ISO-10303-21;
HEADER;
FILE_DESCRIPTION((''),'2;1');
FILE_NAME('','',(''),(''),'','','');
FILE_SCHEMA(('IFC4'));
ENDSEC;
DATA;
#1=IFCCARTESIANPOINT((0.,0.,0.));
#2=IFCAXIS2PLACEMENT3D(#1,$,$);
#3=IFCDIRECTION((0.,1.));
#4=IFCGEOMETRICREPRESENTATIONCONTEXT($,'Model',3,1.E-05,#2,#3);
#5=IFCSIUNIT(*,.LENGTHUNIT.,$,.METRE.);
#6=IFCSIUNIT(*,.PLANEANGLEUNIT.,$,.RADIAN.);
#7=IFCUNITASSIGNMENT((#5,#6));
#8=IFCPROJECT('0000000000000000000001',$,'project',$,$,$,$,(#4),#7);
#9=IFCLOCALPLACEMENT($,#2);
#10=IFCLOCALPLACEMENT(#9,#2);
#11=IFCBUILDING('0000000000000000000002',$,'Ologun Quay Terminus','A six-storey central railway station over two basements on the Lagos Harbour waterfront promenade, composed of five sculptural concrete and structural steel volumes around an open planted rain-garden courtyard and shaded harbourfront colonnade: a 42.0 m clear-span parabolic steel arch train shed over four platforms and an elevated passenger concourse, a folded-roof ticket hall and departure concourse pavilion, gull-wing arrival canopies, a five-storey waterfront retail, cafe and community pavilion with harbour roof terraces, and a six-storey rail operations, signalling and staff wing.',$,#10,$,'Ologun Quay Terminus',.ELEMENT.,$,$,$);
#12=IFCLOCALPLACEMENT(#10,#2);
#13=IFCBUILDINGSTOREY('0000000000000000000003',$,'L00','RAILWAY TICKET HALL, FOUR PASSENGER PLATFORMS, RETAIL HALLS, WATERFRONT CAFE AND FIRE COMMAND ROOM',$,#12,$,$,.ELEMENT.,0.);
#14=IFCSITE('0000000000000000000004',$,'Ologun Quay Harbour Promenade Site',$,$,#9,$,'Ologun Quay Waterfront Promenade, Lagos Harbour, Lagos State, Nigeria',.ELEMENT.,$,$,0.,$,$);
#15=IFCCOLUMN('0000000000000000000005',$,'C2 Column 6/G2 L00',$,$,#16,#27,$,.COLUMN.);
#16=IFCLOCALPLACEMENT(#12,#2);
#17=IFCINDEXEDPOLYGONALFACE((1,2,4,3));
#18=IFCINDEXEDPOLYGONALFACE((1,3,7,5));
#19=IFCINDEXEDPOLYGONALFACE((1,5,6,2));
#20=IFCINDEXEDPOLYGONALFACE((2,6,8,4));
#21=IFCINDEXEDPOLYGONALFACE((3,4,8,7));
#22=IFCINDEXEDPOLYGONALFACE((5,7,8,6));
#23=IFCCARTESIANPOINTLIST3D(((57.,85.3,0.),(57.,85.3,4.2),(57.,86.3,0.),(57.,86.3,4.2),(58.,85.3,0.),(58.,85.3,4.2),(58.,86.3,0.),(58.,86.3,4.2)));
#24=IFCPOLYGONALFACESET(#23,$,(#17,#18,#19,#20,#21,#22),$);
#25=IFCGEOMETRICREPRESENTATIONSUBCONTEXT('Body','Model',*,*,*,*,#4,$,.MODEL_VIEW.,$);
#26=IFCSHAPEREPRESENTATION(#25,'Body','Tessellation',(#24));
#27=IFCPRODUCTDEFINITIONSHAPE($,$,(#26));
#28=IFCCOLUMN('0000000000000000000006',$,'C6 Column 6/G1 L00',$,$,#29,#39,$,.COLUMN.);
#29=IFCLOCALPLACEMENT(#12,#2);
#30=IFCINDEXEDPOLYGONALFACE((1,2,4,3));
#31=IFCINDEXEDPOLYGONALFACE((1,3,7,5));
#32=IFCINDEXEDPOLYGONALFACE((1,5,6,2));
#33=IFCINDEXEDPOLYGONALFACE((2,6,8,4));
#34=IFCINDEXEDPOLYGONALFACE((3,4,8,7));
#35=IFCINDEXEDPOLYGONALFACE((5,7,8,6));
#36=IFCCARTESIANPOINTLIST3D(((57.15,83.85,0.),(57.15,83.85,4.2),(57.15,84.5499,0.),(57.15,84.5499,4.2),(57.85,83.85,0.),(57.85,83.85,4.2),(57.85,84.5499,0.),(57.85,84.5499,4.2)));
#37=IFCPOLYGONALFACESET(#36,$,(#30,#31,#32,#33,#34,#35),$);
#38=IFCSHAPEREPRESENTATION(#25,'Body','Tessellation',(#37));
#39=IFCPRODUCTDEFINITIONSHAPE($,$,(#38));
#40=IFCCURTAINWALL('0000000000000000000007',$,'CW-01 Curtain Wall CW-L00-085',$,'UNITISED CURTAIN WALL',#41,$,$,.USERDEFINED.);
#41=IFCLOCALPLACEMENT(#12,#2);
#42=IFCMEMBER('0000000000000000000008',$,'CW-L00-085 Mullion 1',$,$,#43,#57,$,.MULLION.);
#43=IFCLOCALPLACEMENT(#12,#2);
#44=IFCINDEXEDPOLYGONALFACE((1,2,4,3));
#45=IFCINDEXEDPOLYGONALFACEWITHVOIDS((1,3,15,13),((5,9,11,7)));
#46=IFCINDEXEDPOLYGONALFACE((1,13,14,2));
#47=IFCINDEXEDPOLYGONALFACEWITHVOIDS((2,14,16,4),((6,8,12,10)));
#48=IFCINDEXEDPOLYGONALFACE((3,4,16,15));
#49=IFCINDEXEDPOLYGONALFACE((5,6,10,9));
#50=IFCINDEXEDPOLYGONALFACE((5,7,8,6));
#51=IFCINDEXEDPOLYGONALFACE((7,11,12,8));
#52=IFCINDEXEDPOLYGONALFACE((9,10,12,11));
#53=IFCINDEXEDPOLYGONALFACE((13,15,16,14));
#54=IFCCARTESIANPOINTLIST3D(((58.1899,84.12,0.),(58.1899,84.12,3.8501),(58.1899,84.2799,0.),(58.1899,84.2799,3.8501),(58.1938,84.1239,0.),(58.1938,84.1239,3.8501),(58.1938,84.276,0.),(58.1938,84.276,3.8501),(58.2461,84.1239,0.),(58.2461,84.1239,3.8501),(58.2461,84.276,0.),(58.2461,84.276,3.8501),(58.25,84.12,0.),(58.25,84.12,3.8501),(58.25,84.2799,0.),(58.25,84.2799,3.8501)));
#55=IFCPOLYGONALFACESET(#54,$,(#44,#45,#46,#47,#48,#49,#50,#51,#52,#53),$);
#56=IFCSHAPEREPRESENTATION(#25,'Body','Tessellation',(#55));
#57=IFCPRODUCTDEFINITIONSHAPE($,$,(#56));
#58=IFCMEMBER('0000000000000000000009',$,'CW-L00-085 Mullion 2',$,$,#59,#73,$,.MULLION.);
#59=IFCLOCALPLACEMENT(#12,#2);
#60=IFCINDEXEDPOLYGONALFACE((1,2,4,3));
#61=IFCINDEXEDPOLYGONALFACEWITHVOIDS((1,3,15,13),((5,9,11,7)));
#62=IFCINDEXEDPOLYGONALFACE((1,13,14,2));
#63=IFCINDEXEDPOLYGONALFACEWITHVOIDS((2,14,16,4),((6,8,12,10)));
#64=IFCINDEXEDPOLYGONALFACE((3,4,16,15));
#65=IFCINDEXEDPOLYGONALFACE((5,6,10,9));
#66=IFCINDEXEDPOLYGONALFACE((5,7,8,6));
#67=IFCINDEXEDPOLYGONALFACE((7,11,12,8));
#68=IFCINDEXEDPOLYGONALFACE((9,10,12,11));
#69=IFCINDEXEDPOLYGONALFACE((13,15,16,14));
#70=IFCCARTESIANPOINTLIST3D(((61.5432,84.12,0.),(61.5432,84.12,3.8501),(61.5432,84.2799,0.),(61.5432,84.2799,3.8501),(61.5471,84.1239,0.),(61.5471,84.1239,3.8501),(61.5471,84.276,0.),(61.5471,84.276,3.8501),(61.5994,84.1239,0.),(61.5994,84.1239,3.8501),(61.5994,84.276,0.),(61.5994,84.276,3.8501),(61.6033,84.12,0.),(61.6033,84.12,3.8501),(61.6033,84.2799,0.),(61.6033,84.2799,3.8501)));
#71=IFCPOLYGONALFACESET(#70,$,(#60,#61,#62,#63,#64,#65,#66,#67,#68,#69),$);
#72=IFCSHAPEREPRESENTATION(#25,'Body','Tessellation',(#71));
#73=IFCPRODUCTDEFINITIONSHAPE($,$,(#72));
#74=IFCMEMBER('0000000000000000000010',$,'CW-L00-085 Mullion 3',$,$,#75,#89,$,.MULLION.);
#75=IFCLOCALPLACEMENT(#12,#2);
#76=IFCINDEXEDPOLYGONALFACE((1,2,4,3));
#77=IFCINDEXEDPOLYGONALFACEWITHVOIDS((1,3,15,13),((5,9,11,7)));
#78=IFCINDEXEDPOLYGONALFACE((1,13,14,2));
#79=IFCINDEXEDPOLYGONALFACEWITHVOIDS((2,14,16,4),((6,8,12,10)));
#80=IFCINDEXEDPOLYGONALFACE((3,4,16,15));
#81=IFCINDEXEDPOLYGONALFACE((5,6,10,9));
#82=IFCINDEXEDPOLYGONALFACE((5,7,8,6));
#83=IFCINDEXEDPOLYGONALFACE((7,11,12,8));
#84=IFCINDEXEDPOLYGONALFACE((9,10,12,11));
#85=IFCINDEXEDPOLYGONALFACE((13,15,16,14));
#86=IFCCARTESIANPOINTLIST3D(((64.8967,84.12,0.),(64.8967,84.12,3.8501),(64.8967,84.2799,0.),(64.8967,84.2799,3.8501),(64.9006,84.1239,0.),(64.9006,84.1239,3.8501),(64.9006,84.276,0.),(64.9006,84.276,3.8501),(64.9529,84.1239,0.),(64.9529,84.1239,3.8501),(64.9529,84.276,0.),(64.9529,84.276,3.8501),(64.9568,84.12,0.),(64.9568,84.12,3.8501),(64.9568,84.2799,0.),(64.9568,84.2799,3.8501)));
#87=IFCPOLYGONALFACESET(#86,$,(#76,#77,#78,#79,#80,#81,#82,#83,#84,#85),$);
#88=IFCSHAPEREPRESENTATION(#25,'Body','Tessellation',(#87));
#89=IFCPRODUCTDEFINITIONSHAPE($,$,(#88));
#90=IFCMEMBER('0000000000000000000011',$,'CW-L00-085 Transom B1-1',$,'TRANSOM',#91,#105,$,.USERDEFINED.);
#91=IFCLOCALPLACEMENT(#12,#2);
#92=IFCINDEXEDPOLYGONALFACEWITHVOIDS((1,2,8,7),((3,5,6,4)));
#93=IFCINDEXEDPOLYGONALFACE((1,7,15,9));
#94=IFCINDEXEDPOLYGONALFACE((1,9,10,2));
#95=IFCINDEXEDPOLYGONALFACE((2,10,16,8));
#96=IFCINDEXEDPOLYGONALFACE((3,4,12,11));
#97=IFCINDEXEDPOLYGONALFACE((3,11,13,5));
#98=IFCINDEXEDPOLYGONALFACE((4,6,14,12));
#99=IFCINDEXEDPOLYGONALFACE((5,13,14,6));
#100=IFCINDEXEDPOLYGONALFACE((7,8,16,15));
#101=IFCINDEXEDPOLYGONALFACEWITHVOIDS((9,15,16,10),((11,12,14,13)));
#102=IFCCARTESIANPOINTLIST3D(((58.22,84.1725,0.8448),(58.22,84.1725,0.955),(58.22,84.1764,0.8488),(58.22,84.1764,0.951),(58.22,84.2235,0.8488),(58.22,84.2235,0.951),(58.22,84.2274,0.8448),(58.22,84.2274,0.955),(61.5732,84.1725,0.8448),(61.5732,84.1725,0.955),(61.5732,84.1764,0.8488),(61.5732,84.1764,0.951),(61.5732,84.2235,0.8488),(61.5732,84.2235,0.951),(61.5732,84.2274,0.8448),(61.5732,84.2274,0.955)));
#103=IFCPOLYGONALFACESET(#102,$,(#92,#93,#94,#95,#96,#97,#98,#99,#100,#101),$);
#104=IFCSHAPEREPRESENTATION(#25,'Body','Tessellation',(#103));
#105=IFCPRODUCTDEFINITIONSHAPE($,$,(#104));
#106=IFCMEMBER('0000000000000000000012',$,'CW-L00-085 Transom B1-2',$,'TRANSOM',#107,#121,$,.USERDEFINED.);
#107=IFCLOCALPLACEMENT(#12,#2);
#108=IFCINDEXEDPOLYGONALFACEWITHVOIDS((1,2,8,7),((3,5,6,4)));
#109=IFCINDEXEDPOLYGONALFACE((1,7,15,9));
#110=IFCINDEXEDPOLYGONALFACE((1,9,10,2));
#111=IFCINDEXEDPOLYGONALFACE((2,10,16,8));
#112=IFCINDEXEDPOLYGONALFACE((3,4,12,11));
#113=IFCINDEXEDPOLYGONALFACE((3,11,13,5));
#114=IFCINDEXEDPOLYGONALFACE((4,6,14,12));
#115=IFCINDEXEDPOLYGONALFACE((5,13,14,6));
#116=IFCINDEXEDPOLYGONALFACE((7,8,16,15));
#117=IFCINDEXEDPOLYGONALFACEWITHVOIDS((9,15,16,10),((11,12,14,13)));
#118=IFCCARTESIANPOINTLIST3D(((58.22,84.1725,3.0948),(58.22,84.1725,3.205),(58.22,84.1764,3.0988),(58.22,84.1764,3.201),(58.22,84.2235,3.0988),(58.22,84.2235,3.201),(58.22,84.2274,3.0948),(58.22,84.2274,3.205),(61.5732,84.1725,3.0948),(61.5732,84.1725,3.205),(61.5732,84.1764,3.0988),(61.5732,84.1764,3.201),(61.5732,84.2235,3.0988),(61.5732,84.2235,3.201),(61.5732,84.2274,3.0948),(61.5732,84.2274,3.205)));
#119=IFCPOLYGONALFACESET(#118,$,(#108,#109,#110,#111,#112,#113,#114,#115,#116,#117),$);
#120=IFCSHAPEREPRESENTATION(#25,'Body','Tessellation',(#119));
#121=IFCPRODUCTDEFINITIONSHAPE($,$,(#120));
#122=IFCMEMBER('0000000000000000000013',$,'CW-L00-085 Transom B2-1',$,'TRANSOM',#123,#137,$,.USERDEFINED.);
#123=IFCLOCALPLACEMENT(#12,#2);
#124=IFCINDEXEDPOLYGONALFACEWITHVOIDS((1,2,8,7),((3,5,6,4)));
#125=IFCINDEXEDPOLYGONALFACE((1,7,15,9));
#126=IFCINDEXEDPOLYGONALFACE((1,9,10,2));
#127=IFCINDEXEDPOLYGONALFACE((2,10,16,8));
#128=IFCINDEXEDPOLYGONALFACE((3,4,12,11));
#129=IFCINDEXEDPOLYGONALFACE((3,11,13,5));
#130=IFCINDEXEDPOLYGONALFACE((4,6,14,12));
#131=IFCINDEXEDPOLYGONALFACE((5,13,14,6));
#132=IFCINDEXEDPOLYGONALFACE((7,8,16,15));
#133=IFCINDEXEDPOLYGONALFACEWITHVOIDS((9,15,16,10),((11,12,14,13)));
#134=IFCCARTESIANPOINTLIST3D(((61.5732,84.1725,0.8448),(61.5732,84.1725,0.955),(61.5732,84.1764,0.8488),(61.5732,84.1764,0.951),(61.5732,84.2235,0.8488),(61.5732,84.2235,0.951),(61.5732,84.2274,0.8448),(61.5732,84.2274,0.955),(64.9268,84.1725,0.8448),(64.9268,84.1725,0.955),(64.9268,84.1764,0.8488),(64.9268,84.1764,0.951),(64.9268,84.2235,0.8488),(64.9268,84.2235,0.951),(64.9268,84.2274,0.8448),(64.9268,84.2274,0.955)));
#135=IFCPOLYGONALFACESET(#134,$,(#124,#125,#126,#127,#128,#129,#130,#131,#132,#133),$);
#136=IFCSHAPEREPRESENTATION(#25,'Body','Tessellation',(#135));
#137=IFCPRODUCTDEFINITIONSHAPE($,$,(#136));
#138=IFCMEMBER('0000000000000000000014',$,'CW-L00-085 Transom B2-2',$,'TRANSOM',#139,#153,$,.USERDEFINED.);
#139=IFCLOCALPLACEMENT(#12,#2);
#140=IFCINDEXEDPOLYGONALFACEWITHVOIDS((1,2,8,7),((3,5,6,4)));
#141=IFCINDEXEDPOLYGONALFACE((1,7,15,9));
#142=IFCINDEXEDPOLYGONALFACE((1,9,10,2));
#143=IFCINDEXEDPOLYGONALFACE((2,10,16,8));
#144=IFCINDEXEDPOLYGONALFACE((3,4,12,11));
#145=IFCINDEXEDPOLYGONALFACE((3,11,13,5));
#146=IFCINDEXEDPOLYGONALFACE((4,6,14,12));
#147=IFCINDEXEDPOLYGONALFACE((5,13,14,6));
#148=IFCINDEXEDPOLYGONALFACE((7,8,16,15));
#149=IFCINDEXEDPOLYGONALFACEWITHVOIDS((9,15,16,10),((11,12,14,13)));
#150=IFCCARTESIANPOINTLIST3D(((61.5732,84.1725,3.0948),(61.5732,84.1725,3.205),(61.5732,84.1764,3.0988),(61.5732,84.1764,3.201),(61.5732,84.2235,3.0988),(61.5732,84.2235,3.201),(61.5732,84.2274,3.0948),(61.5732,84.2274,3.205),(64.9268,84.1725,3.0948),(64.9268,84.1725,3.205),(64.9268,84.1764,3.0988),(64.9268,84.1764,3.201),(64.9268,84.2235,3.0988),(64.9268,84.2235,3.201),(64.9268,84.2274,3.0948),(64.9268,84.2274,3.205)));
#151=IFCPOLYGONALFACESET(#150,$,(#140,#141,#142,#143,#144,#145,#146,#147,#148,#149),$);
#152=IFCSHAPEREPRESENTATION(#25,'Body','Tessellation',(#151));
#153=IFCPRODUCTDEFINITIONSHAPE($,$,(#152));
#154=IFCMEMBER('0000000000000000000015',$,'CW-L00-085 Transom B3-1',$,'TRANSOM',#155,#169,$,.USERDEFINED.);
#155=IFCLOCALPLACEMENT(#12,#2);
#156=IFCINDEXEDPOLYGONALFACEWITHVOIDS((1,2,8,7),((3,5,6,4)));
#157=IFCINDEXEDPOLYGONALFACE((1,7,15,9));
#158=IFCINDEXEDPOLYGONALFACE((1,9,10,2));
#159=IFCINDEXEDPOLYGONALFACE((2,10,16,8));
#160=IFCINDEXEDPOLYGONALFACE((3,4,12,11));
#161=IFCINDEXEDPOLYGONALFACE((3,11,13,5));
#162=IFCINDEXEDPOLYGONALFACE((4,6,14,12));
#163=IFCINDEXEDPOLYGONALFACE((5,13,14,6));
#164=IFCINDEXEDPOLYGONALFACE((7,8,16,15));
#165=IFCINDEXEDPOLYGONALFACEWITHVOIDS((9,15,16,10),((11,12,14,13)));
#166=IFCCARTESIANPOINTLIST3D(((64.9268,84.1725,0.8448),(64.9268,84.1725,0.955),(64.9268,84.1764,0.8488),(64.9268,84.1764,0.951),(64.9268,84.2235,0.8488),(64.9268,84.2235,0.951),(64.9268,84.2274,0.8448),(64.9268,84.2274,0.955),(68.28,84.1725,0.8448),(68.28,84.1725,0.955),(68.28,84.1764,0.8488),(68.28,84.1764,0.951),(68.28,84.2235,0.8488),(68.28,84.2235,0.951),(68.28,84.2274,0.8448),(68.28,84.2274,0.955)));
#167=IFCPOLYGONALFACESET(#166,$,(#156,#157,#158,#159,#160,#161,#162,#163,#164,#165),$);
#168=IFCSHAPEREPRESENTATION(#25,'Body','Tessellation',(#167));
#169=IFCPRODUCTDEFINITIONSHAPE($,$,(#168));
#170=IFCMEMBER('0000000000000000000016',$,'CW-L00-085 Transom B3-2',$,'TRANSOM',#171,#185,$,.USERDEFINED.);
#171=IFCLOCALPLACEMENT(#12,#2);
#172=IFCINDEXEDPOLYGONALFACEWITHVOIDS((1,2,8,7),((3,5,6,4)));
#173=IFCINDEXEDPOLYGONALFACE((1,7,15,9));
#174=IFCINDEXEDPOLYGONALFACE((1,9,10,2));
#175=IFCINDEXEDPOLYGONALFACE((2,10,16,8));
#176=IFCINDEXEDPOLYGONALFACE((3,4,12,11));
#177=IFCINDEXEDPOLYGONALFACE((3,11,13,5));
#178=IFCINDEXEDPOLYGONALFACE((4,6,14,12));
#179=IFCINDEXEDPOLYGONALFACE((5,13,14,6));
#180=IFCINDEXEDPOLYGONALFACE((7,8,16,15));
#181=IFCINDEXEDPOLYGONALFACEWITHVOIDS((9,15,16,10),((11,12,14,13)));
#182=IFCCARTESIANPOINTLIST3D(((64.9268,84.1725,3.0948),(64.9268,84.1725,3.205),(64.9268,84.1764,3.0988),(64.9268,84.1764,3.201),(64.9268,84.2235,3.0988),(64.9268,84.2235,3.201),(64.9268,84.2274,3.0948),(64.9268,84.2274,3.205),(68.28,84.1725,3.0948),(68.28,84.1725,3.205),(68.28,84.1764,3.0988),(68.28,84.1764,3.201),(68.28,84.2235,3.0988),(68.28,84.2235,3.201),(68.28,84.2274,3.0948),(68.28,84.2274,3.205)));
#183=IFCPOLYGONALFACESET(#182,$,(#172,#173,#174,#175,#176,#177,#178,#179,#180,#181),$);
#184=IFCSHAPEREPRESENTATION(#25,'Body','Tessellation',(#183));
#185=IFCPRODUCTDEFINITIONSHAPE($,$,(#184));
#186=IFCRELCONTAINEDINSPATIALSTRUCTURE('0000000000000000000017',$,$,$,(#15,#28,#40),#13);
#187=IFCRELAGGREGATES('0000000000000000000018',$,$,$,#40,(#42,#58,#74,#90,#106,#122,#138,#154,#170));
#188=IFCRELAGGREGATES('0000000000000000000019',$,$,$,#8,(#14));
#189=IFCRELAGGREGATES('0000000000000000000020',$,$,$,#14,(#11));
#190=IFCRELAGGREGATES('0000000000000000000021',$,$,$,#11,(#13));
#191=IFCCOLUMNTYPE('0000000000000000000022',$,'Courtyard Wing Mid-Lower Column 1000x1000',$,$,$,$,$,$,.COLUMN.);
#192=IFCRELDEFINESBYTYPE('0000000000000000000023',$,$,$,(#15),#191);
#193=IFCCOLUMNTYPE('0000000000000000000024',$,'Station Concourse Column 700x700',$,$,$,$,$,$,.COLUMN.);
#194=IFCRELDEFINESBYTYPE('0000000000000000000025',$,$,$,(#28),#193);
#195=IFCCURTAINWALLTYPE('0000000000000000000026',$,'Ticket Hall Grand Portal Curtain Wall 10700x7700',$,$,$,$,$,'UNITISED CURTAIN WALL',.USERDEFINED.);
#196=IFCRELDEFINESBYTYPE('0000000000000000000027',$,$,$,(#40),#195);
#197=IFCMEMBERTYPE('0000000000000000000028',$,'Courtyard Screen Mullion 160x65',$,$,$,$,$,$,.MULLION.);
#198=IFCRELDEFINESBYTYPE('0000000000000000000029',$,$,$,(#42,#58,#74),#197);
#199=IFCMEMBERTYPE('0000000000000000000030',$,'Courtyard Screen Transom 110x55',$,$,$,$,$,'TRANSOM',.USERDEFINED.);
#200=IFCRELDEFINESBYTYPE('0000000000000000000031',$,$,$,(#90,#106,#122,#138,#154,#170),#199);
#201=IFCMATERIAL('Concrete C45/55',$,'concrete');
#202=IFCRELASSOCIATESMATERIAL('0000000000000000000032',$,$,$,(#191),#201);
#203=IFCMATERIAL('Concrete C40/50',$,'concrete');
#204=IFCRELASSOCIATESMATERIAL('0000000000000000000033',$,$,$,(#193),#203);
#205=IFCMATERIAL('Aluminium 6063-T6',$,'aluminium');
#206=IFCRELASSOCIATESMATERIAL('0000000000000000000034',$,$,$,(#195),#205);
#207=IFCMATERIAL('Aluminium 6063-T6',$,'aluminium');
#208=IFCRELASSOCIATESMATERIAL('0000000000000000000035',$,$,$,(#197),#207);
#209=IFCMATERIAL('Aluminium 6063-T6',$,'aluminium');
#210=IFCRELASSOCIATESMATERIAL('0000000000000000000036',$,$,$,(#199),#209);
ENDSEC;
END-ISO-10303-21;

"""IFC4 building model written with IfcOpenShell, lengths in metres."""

from ifc_helpers import new_model, si_unit, direction, frame, origin, origin_2d, place, context, subcontext, project, spatial, rectangle, hollow_rectangle, extrude, material, material_profile, profile_set, type_object, element, aggregate, save


model = new_model("IFC4")

# Units and contexts
model_context = context("Model", 3, precision=1e-05, world=origin(), true_north=direction((0.0, 1.0)))
body_context = subcontext(model_context, "Body", "Model", "MODEL_VIEW")
ifc_project = project(units=[si_unit("LENGTHUNIT", "METRE"), si_unit("PLANEANGLEUNIT", "RADIAN")], contexts=[model_context])

# Site, building, storey
site_placement = place(None, origin())
site = spatial("IfcSite", under=ifc_project, at=site_placement, Name="Ologun Quay Harbour Promenade Site", LongName="Ologun Quay Waterfront Promenade, Lagos Harbour, Lagos State, Nigeria", CompositionType="ELEMENT", RefElevation=0.0)
building_placement = place(site_placement, origin())
building = spatial("IfcBuilding", under=site, at=building_placement, Name="Ologun Quay Terminus", Description="A six-storey central railway station over two basements on the Lagos Harbour waterfront promenade, composed of five sculptural concrete and structural steel volumes around an open planted rain-garden courtyard and shaded harbourfront colonnade: a 42.0 m clear-span parabolic steel arch train shed over four platforms and an elevated passenger concourse, a folded-roof ticket hall and departure concourse pavilion, gull-wing arrival canopies, a five-storey waterfront retail, cafe and community pavilion with harbour roof terraces, and a six-storey rail operations, signalling and staff wing.", LongName="Ologun Quay Terminus", CompositionType="ELEMENT")
storey_placement = place(building_placement, origin())
storey = spatial("IfcBuildingStorey", under=building, at=storey_placement, Name="L00", Description="RAILWAY TICKET HALL, FOUR PASSENGER PLATFORMS, RETAIL HALLS, WATERFRONT CAFE AND FIRE COMMAND ROOM", CompositionType="ELEMENT", Elevation=0.0)

# Columns
ifc_material_1 = material(Name="Concrete C45/55", Category="concrete")
ifc_material_profile_1 = material_profile(ifc_material_1, rectangle(XDim=1.0, YDim=1.0, at=origin_2d()), Name="RC 1000x1000")
ifc_profile_set_1 = profile_set([ifc_material_profile_1], Name="Concrete C45/55")
column_type_1 = type_object("IfcColumnType", Name="Courtyard Wing Mid-Lower Column 1000x1000", PredefinedType="COLUMN", material=ifc_profile_set_1)
column_1_placement = place(storey_placement, frame((57.5, 85.8, 0.0), z_axis=(0.0, 0.0, 1.0), x_axis=(1.0, 0.0, 0.0)))
element("IfcColumn", 1, at=column_1_placement, inside=storey, type_object=column_type_1, Name="C2 Column 6/G2 L00", PredefinedType="COLUMN", context=body_context, shape_type="SweptSolid", body=[
    extrude(rectangle(XDim=1.0, YDim=1.0, at=origin_2d()), origin(), (0.0, 0.0, 1.0), 4.2),
])
ifc_material_2 = material(Name="Concrete C40/50", Category="concrete")
ifc_material_profile_2 = material_profile(ifc_material_2, rectangle(XDim=0.7, YDim=0.7, at=origin_2d()), Name="RC 700x700")
ifc_profile_set_2 = profile_set([ifc_material_profile_2], Name="Concrete C40/50")
column_type_2 = type_object("IfcColumnType", Name="Station Concourse Column 700x700", PredefinedType="COLUMN", material=ifc_profile_set_2)
column_2_placement = place(storey_placement, frame((57.5, 84.2, 0.0), z_axis=(0.0, 0.0, 1.0), x_axis=(1.0, 0.0, 0.0)))
element("IfcColumn", 2, at=column_2_placement, inside=storey, type_object=column_type_2, Name="C6 Column 6/G1 L00", PredefinedType="COLUMN", context=body_context, shape_type="SweptSolid", body=[
    extrude(rectangle(XDim=0.7, YDim=0.7, at=origin_2d()), origin(), (0.0, 0.0, 1.0), 4.2),
])

# Curtain wall, members
ifc_material_3 = material(Name="Aluminium 6063-T6", Category="aluminium")
curtain_wall_type = type_object("IfcCurtainWallType", Name="Ticket Hall Grand Portal Curtain Wall 10700x7700", ElementType="UNITISED CURTAIN WALL", PredefinedType="USERDEFINED", material=ifc_material_3)
curtain_wall_placement = place(storey_placement, origin())
curtain_wall = element("IfcCurtainWall", 3, at=curtain_wall_placement, inside=storey, type_object=curtain_wall_type, Name="CW-01 Curtain Wall CW-L00-085", ObjectType="UNITISED CURTAIN WALL", PredefinedType="USERDEFINED")
ifc_material_4 = material(Name="Aluminium 6063-T6", Category="aluminium")
ifc_material_profile_3 = material_profile(ifc_material_4, hollow_rectangle(XDim=0.0601, YDim=0.1599, WallThickness=0.0039, at=origin_2d()), Name="ALU 160x60x4")
ifc_profile_set_3 = profile_set([ifc_material_profile_3], Name="Aluminium 6063-T6")
member_type_1 = type_object("IfcMemberType", Name="Courtyard Screen Mullion 160x65", PredefinedType="MULLION", material=ifc_profile_set_3)
member_1_placement = place(storey_placement, frame((58.22, 84.2, 0.0), z_axis=(0.0, 0.0, 1.0), x_axis=(1.0, 0.0, 0.0)))
member_1 = element("IfcMember", 4, at=member_1_placement, type_object=member_type_1, Name="CW-L00-085 Mullion 1", PredefinedType="MULLION", context=body_context, shape_type="SweptSolid", body=[
    extrude(hollow_rectangle(XDim=0.0601, YDim=0.1599, WallThickness=0.0039, at=origin_2d()), origin(), (0.0, 0.0, 1.0), 3.8501),
])
member_2_placement = place(storey_placement, frame((61.5732, 84.2, 0.0), z_axis=(0.0, 0.0, 1.0), x_axis=(1.0, 0.0, 0.0)))
member_2 = element("IfcMember", 5, at=member_2_placement, type_object=member_type_1, Name="CW-L00-085 Mullion 2", PredefinedType="MULLION", context=body_context, shape_type="SweptSolid", body=[
    extrude(hollow_rectangle(XDim=0.0601, YDim=0.1599, WallThickness=0.0039, at=origin_2d()), origin(), (0.0, 0.0, 1.0), 3.8501),
])
member_3_placement = place(storey_placement, frame((64.9268, 84.2, 0.0), z_axis=(0.0, 0.0, 1.0), x_axis=(1.0, 0.0, 0.0)))
member_3 = element("IfcMember", 6, at=member_3_placement, type_object=member_type_1, Name="CW-L00-085 Mullion 3", PredefinedType="MULLION", context=body_context, shape_type="SweptSolid", body=[
    extrude(hollow_rectangle(XDim=0.0601, YDim=0.1599, WallThickness=0.0039, at=origin_2d()), origin(), (0.0, 0.0, 1.0), 3.8501),
])
ifc_material_5 = material(Name="Aluminium 6063-T6", Category="aluminium")
ifc_material_profile_4 = material_profile(ifc_material_5, hollow_rectangle(XDim=0.0549, YDim=0.1101, WallThickness=0.0039, at=origin_2d()), Name="ALU 110x55x4")
ifc_profile_set_4 = profile_set([ifc_material_profile_4], Name="Aluminium 6063-T6")
member_type_2 = type_object("IfcMemberType", Name="Courtyard Screen Transom 110x55", ElementType="TRANSOM", PredefinedType="USERDEFINED", material=ifc_profile_set_4)
member_4_placement = place(storey_placement, frame((58.22, 84.2, 0.8999), z_axis=(1.0, 0.0, 0.0), x_axis=(0.0, 1.0, 0.0)))
member_4 = element("IfcMember", 7, at=member_4_placement, type_object=member_type_2, Name="CW-L00-085 Transom B1-1", ObjectType="TRANSOM", PredefinedType="USERDEFINED", context=body_context, shape_type="SweptSolid", body=[
    extrude(hollow_rectangle(XDim=0.0549, YDim=0.1101, WallThickness=0.0039, at=origin_2d()), origin(), (0.0, 0.0, 1.0), 3.3533),
])
member_5_placement = place(storey_placement, frame((58.22, 84.2, 3.1499), z_axis=(1.0, 0.0, 0.0), x_axis=(0.0, 1.0, 0.0)))
member_5 = element("IfcMember", 8, at=member_5_placement, type_object=member_type_2, Name="CW-L00-085 Transom B1-2", ObjectType="TRANSOM", PredefinedType="USERDEFINED", context=body_context, shape_type="SweptSolid", body=[
    extrude(hollow_rectangle(XDim=0.0549, YDim=0.1101, WallThickness=0.0039, at=origin_2d()), origin(), (0.0, 0.0, 1.0), 3.3533),
])
member_6_placement = place(storey_placement, frame((61.5732, 84.2, 0.8999), z_axis=(1.0, 0.0, 0.0), x_axis=(0.0, 1.0, 0.0)))
member_6 = element("IfcMember", 9, at=member_6_placement, type_object=member_type_2, Name="CW-L00-085 Transom B2-1", ObjectType="TRANSOM", PredefinedType="USERDEFINED", context=body_context, shape_type="SweptSolid", body=[
    extrude(hollow_rectangle(XDim=0.0549, YDim=0.1101, WallThickness=0.0039, at=origin_2d()), origin(), (0.0, 0.0, 1.0), 3.3535),
])
member_7_placement = place(storey_placement, frame((61.5732, 84.2, 3.1499), z_axis=(1.0, 0.0, 0.0), x_axis=(0.0, 1.0, 0.0)))
member_7 = element("IfcMember", 10, at=member_7_placement, type_object=member_type_2, Name="CW-L00-085 Transom B2-2", ObjectType="TRANSOM", PredefinedType="USERDEFINED", context=body_context, shape_type="SweptSolid", body=[
    extrude(hollow_rectangle(XDim=0.0549, YDim=0.1101, WallThickness=0.0039, at=origin_2d()), origin(), (0.0, 0.0, 1.0), 3.3535),
])
member_8_placement = place(storey_placement, frame((64.9268, 84.2, 0.8999), z_axis=(1.0, 0.0, 0.0), x_axis=(0.0, 1.0, 0.0)))
member_8 = element("IfcMember", 11, at=member_8_placement, type_object=member_type_2, Name="CW-L00-085 Transom B3-1", ObjectType="TRANSOM", PredefinedType="USERDEFINED", context=body_context, shape_type="SweptSolid", body=[
    extrude(hollow_rectangle(XDim=0.0549, YDim=0.1101, WallThickness=0.0039, at=origin_2d()), origin(), (0.0, 0.0, 1.0), 3.3533),
])
member_9_placement = place(storey_placement, frame((64.9268, 84.2, 3.1499), z_axis=(1.0, 0.0, 0.0), x_axis=(0.0, 1.0, 0.0)))
member_9 = element("IfcMember", 12, at=member_9_placement, type_object=member_type_2, Name="CW-L00-085 Transom B3-2", ObjectType="TRANSOM", PredefinedType="USERDEFINED", context=body_context, shape_type="SweptSolid", body=[
    extrude(hollow_rectangle(XDim=0.0549, YDim=0.1101, WallThickness=0.0039, at=origin_2d()), origin(), (0.0, 0.0, 1.0), 3.3533),
])

aggregate(curtain_wall, [member_1, member_2, member_3, member_4, member_5, member_6, member_7, member_8, member_9])

save(model, "model.ifc")
